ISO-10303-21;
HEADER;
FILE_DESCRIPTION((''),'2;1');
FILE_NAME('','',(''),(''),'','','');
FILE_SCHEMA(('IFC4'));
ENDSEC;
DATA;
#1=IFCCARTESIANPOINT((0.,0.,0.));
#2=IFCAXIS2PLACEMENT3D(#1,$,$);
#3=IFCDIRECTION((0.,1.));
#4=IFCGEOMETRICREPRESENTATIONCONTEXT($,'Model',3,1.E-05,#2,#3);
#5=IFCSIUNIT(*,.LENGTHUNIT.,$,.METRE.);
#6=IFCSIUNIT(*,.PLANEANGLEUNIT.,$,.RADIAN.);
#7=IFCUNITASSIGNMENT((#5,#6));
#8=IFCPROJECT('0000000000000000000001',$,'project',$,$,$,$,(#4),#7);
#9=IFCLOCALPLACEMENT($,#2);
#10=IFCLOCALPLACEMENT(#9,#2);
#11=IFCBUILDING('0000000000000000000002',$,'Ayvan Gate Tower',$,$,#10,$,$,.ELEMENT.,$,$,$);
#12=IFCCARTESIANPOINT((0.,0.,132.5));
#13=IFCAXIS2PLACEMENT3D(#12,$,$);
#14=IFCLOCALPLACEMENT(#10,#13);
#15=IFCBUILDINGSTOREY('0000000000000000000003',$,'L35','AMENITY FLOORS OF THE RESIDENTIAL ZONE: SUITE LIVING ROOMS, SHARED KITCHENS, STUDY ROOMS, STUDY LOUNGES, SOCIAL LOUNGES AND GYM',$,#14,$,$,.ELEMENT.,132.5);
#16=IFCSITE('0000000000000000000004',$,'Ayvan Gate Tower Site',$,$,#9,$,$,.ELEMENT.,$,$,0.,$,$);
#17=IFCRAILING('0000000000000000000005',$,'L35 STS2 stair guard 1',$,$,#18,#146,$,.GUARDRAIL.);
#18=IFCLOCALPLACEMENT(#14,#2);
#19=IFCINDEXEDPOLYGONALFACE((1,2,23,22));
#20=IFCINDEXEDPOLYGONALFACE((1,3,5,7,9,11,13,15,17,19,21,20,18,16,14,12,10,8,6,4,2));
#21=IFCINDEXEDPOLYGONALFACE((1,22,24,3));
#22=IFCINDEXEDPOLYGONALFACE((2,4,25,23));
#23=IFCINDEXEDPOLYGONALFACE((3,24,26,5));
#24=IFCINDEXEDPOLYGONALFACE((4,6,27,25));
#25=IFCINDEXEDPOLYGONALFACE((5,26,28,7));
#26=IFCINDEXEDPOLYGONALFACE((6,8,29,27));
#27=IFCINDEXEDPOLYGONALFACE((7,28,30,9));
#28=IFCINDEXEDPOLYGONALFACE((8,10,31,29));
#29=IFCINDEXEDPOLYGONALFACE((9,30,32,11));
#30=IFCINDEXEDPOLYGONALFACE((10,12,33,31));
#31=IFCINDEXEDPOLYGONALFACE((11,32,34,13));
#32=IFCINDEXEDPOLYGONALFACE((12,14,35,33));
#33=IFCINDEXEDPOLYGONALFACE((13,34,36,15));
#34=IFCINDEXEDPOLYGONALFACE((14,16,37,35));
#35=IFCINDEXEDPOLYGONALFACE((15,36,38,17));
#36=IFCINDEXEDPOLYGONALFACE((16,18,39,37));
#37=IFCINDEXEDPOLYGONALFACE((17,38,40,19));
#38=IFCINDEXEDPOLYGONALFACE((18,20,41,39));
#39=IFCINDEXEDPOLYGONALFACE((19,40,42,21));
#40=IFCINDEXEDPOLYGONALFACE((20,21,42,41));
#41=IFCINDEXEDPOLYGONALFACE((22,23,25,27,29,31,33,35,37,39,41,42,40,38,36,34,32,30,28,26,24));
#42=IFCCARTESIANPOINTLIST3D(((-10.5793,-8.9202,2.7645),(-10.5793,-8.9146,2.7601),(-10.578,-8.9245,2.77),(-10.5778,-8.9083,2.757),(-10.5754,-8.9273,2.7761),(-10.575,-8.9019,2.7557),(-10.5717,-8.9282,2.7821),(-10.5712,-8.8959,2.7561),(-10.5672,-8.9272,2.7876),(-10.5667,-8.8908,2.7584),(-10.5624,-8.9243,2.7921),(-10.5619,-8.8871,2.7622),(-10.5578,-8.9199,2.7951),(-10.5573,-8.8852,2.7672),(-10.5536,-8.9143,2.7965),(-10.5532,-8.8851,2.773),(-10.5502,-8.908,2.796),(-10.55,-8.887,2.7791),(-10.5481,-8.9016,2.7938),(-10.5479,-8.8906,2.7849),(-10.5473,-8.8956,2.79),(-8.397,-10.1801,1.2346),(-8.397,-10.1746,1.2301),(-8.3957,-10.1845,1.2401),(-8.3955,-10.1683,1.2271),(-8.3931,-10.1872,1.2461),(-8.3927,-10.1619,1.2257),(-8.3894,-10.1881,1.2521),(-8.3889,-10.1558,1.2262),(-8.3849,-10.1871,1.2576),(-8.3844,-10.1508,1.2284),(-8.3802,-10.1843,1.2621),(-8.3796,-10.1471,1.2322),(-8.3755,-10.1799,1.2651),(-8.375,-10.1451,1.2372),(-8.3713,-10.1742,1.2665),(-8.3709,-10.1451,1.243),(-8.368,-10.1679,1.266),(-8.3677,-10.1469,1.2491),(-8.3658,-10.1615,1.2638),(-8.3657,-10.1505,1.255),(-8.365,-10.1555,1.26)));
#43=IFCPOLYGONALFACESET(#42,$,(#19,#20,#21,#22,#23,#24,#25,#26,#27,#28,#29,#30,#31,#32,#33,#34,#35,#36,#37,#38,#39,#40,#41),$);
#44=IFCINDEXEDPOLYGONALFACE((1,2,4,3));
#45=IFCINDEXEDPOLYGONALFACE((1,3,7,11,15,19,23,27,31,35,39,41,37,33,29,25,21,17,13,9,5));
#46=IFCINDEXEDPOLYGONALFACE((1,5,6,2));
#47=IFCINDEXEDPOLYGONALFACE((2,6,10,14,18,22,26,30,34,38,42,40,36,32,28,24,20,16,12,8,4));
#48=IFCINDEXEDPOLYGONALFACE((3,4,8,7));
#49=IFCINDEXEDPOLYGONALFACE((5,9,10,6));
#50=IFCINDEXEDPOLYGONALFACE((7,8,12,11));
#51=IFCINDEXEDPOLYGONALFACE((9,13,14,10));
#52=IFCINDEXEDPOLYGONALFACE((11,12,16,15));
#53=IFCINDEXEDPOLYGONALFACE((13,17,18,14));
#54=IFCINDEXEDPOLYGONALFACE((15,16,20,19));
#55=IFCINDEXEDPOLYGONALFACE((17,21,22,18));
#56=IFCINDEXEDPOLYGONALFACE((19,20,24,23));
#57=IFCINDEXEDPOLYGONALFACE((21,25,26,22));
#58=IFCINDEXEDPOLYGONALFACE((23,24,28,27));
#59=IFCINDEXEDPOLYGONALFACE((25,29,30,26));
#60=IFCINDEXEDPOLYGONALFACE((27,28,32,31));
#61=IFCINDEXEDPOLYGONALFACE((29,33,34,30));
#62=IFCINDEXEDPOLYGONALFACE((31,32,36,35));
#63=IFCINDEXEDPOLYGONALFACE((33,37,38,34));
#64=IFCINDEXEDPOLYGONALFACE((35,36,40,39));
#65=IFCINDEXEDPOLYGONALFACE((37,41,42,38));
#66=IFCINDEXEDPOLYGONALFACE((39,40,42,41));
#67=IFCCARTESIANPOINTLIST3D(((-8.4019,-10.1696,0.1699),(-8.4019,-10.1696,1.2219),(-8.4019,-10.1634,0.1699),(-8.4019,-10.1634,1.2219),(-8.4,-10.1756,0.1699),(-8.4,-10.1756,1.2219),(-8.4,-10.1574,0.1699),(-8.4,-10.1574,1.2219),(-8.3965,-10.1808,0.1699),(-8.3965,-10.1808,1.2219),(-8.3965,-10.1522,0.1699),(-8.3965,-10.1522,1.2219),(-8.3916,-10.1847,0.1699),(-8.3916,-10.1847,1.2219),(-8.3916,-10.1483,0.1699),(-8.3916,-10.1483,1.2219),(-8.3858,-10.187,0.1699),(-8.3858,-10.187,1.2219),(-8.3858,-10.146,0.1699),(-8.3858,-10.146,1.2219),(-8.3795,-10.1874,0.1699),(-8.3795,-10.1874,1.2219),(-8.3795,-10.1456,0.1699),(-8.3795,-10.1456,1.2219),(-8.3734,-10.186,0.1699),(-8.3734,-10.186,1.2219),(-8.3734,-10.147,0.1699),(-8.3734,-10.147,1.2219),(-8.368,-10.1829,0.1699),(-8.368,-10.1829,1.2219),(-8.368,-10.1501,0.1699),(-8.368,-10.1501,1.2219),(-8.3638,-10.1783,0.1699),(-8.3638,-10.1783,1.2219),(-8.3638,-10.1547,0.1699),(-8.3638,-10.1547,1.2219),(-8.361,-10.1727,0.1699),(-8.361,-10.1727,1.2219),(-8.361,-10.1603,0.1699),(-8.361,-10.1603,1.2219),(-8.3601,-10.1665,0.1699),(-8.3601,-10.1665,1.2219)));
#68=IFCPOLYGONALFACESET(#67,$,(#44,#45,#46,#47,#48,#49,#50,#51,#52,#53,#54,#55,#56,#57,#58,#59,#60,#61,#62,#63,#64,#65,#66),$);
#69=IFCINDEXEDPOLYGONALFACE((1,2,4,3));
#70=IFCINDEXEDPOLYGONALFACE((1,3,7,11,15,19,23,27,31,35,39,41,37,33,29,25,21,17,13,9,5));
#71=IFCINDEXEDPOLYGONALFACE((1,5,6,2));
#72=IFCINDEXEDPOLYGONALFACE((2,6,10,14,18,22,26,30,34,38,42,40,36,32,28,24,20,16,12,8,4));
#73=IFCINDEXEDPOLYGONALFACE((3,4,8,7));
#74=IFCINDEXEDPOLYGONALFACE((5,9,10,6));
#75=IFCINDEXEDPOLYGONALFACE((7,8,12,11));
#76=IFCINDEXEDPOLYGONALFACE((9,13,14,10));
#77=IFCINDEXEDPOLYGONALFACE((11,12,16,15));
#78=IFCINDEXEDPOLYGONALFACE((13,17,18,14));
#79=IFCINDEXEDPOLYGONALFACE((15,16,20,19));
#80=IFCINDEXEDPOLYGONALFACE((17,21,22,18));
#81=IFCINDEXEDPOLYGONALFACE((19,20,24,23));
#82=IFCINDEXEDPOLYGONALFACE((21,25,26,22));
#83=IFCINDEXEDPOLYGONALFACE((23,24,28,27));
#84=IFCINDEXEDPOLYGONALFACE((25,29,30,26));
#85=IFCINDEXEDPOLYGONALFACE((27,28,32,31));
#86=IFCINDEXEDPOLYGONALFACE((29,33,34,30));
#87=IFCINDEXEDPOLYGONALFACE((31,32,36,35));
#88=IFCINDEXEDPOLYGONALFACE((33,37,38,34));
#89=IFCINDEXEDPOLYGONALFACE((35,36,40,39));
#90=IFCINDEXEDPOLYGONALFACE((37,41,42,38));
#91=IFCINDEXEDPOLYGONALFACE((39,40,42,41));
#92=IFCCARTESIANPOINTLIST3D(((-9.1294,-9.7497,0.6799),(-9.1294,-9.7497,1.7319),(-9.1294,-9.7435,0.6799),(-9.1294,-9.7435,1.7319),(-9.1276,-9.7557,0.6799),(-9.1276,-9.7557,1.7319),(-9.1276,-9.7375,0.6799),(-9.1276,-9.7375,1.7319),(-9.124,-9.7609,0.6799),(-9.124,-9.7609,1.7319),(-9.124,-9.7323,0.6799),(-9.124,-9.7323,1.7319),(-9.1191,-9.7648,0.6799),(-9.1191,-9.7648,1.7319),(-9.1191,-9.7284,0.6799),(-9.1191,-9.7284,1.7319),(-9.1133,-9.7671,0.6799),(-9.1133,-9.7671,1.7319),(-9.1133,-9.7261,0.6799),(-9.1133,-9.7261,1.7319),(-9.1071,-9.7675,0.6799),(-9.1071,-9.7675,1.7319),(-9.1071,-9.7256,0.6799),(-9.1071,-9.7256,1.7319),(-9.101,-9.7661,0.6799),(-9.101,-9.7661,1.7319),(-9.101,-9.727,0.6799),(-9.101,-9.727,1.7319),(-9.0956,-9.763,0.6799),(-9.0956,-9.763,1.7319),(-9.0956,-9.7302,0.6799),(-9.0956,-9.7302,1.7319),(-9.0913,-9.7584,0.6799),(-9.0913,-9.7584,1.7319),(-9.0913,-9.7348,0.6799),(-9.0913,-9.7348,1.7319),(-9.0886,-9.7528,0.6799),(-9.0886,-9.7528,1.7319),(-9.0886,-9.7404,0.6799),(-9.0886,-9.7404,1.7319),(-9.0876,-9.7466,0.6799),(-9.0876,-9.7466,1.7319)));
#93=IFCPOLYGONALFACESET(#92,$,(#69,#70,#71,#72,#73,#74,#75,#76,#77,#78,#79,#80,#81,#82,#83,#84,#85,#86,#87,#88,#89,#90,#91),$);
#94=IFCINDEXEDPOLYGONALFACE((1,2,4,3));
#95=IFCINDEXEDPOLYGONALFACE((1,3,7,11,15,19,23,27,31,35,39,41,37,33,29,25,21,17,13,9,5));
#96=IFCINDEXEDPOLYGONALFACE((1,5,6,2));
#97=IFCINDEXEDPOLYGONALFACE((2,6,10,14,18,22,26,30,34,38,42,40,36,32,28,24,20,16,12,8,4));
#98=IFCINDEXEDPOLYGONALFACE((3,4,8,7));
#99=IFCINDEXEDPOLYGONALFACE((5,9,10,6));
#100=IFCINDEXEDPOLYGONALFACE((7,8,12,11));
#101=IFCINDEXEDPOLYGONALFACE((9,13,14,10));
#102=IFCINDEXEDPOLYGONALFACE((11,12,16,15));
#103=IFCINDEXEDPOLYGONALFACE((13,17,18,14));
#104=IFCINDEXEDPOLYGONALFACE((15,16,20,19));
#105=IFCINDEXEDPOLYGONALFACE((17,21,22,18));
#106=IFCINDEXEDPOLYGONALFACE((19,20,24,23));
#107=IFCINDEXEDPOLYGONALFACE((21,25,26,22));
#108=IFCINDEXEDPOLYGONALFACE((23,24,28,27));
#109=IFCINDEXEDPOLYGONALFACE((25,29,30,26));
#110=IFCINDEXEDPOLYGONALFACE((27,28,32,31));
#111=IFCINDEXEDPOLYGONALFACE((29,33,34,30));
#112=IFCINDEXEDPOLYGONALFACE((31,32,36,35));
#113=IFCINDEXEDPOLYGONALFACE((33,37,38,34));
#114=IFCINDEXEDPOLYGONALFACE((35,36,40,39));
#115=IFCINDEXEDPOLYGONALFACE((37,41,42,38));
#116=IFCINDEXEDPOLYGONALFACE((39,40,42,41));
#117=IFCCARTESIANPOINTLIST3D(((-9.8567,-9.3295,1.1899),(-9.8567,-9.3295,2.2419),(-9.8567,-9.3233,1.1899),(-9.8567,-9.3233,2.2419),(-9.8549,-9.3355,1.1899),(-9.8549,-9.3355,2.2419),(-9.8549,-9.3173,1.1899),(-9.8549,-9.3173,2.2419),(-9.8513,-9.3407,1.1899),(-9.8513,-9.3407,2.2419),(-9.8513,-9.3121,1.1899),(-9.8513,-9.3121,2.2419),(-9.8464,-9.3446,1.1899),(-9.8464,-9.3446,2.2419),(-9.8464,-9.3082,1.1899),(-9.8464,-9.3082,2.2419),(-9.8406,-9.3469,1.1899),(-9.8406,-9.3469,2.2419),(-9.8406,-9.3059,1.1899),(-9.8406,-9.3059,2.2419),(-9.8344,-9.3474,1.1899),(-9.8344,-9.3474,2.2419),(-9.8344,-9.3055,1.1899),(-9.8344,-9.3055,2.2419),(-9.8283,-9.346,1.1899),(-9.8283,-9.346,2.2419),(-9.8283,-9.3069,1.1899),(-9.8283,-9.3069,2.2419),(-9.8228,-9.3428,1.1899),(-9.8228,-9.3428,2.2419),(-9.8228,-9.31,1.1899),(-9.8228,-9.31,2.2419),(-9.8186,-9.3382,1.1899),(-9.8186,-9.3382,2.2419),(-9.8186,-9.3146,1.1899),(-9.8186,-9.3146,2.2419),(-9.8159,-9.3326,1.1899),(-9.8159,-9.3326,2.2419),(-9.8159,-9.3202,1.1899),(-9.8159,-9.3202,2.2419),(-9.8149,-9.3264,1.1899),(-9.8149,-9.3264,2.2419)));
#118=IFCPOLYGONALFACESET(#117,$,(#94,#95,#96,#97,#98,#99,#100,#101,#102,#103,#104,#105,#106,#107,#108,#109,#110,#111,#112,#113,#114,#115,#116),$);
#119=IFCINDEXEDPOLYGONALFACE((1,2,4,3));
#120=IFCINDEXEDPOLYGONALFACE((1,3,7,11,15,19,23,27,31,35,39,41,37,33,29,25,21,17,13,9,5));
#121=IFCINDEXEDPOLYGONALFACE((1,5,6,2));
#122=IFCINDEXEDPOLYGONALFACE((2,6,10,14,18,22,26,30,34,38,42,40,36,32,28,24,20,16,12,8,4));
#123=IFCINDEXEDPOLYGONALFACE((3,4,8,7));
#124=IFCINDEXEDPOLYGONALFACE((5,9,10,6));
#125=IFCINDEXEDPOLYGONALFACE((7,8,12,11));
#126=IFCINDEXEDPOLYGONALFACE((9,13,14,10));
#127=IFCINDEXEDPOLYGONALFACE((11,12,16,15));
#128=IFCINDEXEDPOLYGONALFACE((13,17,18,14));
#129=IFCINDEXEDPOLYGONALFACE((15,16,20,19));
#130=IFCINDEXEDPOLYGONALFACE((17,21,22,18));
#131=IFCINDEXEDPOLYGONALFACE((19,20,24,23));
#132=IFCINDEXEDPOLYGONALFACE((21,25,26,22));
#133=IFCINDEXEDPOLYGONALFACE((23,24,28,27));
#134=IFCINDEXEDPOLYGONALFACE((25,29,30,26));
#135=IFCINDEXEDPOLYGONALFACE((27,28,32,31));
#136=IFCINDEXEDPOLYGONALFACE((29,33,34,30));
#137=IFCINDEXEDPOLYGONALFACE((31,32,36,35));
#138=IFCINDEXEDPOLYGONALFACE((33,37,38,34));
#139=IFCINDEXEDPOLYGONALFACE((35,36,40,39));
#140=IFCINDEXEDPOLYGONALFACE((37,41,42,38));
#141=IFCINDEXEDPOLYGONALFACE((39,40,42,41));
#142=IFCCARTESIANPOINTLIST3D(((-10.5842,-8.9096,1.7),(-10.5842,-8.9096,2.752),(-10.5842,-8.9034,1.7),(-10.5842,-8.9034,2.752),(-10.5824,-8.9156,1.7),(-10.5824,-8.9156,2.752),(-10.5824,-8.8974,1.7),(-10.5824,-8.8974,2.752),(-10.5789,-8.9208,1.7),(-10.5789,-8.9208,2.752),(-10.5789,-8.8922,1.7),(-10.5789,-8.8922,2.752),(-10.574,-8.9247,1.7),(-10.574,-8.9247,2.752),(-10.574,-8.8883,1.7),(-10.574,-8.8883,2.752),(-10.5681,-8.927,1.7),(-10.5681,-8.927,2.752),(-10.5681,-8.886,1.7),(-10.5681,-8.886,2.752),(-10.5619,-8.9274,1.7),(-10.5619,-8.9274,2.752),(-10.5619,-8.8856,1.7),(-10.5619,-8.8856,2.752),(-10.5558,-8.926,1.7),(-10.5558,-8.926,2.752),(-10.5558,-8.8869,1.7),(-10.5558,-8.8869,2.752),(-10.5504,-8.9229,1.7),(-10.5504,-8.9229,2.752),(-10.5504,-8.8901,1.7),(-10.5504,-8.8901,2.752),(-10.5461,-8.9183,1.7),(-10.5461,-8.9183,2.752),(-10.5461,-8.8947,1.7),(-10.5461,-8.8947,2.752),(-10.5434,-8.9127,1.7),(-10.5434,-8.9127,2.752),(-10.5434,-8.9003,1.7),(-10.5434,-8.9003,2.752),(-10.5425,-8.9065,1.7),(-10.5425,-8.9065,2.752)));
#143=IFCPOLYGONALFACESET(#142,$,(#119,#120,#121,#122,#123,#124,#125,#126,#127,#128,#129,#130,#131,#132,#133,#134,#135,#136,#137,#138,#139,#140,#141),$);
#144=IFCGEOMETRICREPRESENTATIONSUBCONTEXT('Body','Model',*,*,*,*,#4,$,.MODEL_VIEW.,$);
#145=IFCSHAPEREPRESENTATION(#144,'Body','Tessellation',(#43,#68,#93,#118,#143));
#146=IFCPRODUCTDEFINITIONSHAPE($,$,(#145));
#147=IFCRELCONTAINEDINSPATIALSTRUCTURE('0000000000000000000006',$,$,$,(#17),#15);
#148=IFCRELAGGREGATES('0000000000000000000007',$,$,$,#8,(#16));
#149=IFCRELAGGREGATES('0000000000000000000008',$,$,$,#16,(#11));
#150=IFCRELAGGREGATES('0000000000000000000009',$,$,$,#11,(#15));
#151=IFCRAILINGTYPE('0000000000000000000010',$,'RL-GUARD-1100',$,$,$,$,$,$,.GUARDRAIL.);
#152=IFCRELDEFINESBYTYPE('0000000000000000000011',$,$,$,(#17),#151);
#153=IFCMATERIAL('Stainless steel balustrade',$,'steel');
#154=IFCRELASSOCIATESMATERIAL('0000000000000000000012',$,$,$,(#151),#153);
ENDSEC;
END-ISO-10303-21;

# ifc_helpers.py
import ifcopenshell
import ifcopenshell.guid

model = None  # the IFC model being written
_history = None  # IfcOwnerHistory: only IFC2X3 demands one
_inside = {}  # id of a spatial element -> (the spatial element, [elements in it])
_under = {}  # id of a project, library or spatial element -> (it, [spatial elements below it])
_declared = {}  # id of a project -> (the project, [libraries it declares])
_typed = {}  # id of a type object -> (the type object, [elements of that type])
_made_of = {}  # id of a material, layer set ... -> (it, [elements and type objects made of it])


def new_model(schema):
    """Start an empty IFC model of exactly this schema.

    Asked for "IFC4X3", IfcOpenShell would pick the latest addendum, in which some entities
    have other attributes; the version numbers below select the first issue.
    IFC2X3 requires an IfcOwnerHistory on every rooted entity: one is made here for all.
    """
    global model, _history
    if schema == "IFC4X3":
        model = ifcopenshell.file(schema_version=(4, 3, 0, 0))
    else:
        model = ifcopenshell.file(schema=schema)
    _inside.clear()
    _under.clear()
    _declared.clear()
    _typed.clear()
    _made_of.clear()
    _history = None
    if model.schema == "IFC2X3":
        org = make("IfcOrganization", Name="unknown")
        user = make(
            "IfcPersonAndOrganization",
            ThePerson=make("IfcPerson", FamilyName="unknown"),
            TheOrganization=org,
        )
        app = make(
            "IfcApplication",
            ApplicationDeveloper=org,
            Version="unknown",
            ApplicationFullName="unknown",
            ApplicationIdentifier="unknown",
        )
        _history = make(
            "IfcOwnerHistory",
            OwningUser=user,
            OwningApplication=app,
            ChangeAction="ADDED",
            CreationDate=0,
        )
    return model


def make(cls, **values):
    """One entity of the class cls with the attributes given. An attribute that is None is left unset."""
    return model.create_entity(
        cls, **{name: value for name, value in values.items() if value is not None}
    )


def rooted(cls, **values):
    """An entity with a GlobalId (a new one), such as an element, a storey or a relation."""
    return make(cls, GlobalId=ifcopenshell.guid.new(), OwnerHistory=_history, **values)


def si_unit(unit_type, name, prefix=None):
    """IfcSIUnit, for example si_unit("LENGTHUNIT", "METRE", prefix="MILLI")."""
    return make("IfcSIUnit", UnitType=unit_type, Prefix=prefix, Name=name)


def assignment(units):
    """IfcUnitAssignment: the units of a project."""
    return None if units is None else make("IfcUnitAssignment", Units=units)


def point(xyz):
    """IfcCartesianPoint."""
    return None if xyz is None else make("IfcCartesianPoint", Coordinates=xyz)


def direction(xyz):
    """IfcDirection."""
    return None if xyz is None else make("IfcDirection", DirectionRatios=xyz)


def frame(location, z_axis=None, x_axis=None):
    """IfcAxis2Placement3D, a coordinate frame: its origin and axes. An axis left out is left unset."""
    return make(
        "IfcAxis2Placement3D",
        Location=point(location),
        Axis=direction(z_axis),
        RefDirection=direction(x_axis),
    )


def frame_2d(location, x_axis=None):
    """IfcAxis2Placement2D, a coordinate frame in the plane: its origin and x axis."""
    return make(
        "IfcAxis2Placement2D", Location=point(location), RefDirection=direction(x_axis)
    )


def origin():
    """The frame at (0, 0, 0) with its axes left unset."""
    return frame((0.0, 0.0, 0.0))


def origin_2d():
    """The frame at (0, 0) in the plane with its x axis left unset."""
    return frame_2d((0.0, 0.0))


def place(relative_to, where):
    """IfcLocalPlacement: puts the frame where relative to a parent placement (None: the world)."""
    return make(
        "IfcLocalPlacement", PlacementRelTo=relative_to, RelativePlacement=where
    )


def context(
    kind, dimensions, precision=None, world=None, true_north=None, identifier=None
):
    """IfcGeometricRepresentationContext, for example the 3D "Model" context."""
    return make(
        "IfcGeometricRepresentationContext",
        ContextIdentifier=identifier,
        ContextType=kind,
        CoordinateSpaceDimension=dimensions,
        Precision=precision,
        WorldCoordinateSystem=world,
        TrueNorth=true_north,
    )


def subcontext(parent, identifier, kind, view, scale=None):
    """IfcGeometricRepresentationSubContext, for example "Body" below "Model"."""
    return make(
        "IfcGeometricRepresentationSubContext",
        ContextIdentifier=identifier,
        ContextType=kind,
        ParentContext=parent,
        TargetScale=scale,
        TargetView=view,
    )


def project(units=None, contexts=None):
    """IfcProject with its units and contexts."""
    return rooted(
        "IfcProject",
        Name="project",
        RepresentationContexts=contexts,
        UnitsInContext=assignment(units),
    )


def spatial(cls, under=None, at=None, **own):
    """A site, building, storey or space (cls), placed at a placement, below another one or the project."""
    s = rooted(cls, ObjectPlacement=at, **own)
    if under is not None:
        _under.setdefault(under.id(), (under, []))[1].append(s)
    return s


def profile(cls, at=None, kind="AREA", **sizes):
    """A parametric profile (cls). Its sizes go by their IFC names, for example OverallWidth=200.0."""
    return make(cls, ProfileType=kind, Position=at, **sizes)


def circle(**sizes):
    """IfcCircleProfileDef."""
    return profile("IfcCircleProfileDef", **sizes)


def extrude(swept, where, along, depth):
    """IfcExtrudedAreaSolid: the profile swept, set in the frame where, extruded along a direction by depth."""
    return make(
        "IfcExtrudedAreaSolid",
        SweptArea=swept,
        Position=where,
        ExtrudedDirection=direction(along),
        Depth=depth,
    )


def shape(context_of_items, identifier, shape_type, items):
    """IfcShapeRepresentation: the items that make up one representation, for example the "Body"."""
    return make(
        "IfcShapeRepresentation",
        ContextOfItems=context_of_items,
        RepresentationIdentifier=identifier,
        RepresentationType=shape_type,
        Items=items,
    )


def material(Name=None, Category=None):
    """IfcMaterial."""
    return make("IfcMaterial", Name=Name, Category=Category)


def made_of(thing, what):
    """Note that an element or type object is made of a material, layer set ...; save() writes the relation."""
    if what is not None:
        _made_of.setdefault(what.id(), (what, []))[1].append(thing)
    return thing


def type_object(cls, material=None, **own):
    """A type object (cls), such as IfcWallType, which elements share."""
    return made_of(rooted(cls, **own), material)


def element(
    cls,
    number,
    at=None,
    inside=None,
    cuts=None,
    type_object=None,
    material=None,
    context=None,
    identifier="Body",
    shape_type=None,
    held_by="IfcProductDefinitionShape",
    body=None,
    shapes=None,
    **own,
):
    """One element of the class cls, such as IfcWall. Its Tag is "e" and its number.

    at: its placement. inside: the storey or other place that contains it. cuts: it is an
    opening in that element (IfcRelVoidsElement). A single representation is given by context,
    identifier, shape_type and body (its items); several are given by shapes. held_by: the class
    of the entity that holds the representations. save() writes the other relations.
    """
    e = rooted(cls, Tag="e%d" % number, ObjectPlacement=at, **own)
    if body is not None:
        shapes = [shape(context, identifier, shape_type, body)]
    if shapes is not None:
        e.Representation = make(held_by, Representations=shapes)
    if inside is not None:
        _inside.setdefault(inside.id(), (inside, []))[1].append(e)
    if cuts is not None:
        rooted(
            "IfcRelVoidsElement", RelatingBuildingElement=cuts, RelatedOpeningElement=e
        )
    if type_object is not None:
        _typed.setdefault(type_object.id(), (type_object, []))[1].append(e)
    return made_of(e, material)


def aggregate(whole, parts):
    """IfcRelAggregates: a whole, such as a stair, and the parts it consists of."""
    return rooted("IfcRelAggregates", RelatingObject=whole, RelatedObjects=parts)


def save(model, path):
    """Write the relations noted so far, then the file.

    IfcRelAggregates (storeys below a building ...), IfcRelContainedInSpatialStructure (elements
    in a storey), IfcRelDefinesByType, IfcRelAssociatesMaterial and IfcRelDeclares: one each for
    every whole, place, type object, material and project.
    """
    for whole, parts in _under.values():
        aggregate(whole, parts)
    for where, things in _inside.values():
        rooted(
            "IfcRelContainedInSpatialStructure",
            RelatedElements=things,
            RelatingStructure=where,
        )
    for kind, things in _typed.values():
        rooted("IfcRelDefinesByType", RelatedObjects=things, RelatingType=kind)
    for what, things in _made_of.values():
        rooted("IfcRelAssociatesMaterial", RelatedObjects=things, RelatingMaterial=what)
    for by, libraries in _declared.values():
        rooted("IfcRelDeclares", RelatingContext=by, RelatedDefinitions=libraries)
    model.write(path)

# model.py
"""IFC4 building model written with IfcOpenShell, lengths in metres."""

from ifc_helpers import new_model, si_unit, direction, frame, origin, origin_2d, place, context, subcontext, project, spatial, circle, extrude, material, type_object, element, save


model = new_model("IFC4")

# Units and contexts
model_context = context("Model", 3, precision=1e-05, world=origin(), true_north=direction((0.0, 1.0)))
body_context = subcontext(model_context, "Body", "Model", "MODEL_VIEW")
ifc_project = project(units=[si_unit("LENGTHUNIT", "METRE"), si_unit("PLANEANGLEUNIT", "RADIAN")], contexts=[model_context])

# Site, building, storey
site_placement = place(None, origin())
site = spatial("IfcSite", under=ifc_project, at=site_placement, Name="Ayvan Gate Tower Site", CompositionType="ELEMENT", RefElevation=0.0)
building_placement = place(site_placement, origin())
building = spatial("IfcBuilding", under=site, at=building_placement, Name="Ayvan Gate Tower", CompositionType="ELEMENT")
storey_placement = place(building_placement, frame((0.0, 0.0, 132.5)))
storey = spatial("IfcBuildingStorey", under=building, at=storey_placement, Name="L35", Description="AMENITY FLOORS OF THE RESIDENTIAL ZONE: SUITE LIVING ROOMS, SHARED KITCHENS, STUDY ROOMS, STUDY LOUNGES, SOCIAL LOUNGES AND GYM", CompositionType="ELEMENT", Elevation=132.5)

# Railing
ifc_material_1 = material(Name="Stainless steel balustrade", Category="steel")
railing_type_1 = type_object("IfcRailingType", Name="RL-GUARD-1100", PredefinedType="GUARDRAIL", material=ifc_material_1)
railing_1_placement = place(storey_placement, frame((-8.3811, -10.1665, 0.1699)))
element("IfcRailing", 1, at=railing_1_placement, inside=storey, type_object=railing_type_1, Name="L35 STS2 stair guard 1", PredefinedType="GUARDRAIL", context=body_context, shape_type="SweptSolid", body=[
    extrude(circle(Radius=0.0239, at=origin_2d()), frame((0.0, 0.0, 1.0762), z_axis=(-0.740261, 0.427395, 0.518986), x_axis=(-0.500005, -0.866023, 0.0)), (0.0, 0.0, 1.0), 2.948),
    extrude(circle(Radius=0.021, at=origin_2d()), origin(), (0.0, 0.0, 1.0), 1.052),
    extrude(circle(Radius=0.021, at=origin_2d()), frame((-0.7275, 0.4199, 0.51)), (0.0, 0.0, 1.0), 1.052),
    extrude(circle(Radius=0.021, at=origin_2d()), frame((-1.4548, 0.8401, 1.02)), (0.0, 0.0, 1.0), 1.052),
    extrude(circle(Radius=0.021, at=origin_2d()), frame((-2.1824, 1.26, 1.53)), (0.0, 0.0, 1.0), 1.052),
])

save(model, "model.ifc")
